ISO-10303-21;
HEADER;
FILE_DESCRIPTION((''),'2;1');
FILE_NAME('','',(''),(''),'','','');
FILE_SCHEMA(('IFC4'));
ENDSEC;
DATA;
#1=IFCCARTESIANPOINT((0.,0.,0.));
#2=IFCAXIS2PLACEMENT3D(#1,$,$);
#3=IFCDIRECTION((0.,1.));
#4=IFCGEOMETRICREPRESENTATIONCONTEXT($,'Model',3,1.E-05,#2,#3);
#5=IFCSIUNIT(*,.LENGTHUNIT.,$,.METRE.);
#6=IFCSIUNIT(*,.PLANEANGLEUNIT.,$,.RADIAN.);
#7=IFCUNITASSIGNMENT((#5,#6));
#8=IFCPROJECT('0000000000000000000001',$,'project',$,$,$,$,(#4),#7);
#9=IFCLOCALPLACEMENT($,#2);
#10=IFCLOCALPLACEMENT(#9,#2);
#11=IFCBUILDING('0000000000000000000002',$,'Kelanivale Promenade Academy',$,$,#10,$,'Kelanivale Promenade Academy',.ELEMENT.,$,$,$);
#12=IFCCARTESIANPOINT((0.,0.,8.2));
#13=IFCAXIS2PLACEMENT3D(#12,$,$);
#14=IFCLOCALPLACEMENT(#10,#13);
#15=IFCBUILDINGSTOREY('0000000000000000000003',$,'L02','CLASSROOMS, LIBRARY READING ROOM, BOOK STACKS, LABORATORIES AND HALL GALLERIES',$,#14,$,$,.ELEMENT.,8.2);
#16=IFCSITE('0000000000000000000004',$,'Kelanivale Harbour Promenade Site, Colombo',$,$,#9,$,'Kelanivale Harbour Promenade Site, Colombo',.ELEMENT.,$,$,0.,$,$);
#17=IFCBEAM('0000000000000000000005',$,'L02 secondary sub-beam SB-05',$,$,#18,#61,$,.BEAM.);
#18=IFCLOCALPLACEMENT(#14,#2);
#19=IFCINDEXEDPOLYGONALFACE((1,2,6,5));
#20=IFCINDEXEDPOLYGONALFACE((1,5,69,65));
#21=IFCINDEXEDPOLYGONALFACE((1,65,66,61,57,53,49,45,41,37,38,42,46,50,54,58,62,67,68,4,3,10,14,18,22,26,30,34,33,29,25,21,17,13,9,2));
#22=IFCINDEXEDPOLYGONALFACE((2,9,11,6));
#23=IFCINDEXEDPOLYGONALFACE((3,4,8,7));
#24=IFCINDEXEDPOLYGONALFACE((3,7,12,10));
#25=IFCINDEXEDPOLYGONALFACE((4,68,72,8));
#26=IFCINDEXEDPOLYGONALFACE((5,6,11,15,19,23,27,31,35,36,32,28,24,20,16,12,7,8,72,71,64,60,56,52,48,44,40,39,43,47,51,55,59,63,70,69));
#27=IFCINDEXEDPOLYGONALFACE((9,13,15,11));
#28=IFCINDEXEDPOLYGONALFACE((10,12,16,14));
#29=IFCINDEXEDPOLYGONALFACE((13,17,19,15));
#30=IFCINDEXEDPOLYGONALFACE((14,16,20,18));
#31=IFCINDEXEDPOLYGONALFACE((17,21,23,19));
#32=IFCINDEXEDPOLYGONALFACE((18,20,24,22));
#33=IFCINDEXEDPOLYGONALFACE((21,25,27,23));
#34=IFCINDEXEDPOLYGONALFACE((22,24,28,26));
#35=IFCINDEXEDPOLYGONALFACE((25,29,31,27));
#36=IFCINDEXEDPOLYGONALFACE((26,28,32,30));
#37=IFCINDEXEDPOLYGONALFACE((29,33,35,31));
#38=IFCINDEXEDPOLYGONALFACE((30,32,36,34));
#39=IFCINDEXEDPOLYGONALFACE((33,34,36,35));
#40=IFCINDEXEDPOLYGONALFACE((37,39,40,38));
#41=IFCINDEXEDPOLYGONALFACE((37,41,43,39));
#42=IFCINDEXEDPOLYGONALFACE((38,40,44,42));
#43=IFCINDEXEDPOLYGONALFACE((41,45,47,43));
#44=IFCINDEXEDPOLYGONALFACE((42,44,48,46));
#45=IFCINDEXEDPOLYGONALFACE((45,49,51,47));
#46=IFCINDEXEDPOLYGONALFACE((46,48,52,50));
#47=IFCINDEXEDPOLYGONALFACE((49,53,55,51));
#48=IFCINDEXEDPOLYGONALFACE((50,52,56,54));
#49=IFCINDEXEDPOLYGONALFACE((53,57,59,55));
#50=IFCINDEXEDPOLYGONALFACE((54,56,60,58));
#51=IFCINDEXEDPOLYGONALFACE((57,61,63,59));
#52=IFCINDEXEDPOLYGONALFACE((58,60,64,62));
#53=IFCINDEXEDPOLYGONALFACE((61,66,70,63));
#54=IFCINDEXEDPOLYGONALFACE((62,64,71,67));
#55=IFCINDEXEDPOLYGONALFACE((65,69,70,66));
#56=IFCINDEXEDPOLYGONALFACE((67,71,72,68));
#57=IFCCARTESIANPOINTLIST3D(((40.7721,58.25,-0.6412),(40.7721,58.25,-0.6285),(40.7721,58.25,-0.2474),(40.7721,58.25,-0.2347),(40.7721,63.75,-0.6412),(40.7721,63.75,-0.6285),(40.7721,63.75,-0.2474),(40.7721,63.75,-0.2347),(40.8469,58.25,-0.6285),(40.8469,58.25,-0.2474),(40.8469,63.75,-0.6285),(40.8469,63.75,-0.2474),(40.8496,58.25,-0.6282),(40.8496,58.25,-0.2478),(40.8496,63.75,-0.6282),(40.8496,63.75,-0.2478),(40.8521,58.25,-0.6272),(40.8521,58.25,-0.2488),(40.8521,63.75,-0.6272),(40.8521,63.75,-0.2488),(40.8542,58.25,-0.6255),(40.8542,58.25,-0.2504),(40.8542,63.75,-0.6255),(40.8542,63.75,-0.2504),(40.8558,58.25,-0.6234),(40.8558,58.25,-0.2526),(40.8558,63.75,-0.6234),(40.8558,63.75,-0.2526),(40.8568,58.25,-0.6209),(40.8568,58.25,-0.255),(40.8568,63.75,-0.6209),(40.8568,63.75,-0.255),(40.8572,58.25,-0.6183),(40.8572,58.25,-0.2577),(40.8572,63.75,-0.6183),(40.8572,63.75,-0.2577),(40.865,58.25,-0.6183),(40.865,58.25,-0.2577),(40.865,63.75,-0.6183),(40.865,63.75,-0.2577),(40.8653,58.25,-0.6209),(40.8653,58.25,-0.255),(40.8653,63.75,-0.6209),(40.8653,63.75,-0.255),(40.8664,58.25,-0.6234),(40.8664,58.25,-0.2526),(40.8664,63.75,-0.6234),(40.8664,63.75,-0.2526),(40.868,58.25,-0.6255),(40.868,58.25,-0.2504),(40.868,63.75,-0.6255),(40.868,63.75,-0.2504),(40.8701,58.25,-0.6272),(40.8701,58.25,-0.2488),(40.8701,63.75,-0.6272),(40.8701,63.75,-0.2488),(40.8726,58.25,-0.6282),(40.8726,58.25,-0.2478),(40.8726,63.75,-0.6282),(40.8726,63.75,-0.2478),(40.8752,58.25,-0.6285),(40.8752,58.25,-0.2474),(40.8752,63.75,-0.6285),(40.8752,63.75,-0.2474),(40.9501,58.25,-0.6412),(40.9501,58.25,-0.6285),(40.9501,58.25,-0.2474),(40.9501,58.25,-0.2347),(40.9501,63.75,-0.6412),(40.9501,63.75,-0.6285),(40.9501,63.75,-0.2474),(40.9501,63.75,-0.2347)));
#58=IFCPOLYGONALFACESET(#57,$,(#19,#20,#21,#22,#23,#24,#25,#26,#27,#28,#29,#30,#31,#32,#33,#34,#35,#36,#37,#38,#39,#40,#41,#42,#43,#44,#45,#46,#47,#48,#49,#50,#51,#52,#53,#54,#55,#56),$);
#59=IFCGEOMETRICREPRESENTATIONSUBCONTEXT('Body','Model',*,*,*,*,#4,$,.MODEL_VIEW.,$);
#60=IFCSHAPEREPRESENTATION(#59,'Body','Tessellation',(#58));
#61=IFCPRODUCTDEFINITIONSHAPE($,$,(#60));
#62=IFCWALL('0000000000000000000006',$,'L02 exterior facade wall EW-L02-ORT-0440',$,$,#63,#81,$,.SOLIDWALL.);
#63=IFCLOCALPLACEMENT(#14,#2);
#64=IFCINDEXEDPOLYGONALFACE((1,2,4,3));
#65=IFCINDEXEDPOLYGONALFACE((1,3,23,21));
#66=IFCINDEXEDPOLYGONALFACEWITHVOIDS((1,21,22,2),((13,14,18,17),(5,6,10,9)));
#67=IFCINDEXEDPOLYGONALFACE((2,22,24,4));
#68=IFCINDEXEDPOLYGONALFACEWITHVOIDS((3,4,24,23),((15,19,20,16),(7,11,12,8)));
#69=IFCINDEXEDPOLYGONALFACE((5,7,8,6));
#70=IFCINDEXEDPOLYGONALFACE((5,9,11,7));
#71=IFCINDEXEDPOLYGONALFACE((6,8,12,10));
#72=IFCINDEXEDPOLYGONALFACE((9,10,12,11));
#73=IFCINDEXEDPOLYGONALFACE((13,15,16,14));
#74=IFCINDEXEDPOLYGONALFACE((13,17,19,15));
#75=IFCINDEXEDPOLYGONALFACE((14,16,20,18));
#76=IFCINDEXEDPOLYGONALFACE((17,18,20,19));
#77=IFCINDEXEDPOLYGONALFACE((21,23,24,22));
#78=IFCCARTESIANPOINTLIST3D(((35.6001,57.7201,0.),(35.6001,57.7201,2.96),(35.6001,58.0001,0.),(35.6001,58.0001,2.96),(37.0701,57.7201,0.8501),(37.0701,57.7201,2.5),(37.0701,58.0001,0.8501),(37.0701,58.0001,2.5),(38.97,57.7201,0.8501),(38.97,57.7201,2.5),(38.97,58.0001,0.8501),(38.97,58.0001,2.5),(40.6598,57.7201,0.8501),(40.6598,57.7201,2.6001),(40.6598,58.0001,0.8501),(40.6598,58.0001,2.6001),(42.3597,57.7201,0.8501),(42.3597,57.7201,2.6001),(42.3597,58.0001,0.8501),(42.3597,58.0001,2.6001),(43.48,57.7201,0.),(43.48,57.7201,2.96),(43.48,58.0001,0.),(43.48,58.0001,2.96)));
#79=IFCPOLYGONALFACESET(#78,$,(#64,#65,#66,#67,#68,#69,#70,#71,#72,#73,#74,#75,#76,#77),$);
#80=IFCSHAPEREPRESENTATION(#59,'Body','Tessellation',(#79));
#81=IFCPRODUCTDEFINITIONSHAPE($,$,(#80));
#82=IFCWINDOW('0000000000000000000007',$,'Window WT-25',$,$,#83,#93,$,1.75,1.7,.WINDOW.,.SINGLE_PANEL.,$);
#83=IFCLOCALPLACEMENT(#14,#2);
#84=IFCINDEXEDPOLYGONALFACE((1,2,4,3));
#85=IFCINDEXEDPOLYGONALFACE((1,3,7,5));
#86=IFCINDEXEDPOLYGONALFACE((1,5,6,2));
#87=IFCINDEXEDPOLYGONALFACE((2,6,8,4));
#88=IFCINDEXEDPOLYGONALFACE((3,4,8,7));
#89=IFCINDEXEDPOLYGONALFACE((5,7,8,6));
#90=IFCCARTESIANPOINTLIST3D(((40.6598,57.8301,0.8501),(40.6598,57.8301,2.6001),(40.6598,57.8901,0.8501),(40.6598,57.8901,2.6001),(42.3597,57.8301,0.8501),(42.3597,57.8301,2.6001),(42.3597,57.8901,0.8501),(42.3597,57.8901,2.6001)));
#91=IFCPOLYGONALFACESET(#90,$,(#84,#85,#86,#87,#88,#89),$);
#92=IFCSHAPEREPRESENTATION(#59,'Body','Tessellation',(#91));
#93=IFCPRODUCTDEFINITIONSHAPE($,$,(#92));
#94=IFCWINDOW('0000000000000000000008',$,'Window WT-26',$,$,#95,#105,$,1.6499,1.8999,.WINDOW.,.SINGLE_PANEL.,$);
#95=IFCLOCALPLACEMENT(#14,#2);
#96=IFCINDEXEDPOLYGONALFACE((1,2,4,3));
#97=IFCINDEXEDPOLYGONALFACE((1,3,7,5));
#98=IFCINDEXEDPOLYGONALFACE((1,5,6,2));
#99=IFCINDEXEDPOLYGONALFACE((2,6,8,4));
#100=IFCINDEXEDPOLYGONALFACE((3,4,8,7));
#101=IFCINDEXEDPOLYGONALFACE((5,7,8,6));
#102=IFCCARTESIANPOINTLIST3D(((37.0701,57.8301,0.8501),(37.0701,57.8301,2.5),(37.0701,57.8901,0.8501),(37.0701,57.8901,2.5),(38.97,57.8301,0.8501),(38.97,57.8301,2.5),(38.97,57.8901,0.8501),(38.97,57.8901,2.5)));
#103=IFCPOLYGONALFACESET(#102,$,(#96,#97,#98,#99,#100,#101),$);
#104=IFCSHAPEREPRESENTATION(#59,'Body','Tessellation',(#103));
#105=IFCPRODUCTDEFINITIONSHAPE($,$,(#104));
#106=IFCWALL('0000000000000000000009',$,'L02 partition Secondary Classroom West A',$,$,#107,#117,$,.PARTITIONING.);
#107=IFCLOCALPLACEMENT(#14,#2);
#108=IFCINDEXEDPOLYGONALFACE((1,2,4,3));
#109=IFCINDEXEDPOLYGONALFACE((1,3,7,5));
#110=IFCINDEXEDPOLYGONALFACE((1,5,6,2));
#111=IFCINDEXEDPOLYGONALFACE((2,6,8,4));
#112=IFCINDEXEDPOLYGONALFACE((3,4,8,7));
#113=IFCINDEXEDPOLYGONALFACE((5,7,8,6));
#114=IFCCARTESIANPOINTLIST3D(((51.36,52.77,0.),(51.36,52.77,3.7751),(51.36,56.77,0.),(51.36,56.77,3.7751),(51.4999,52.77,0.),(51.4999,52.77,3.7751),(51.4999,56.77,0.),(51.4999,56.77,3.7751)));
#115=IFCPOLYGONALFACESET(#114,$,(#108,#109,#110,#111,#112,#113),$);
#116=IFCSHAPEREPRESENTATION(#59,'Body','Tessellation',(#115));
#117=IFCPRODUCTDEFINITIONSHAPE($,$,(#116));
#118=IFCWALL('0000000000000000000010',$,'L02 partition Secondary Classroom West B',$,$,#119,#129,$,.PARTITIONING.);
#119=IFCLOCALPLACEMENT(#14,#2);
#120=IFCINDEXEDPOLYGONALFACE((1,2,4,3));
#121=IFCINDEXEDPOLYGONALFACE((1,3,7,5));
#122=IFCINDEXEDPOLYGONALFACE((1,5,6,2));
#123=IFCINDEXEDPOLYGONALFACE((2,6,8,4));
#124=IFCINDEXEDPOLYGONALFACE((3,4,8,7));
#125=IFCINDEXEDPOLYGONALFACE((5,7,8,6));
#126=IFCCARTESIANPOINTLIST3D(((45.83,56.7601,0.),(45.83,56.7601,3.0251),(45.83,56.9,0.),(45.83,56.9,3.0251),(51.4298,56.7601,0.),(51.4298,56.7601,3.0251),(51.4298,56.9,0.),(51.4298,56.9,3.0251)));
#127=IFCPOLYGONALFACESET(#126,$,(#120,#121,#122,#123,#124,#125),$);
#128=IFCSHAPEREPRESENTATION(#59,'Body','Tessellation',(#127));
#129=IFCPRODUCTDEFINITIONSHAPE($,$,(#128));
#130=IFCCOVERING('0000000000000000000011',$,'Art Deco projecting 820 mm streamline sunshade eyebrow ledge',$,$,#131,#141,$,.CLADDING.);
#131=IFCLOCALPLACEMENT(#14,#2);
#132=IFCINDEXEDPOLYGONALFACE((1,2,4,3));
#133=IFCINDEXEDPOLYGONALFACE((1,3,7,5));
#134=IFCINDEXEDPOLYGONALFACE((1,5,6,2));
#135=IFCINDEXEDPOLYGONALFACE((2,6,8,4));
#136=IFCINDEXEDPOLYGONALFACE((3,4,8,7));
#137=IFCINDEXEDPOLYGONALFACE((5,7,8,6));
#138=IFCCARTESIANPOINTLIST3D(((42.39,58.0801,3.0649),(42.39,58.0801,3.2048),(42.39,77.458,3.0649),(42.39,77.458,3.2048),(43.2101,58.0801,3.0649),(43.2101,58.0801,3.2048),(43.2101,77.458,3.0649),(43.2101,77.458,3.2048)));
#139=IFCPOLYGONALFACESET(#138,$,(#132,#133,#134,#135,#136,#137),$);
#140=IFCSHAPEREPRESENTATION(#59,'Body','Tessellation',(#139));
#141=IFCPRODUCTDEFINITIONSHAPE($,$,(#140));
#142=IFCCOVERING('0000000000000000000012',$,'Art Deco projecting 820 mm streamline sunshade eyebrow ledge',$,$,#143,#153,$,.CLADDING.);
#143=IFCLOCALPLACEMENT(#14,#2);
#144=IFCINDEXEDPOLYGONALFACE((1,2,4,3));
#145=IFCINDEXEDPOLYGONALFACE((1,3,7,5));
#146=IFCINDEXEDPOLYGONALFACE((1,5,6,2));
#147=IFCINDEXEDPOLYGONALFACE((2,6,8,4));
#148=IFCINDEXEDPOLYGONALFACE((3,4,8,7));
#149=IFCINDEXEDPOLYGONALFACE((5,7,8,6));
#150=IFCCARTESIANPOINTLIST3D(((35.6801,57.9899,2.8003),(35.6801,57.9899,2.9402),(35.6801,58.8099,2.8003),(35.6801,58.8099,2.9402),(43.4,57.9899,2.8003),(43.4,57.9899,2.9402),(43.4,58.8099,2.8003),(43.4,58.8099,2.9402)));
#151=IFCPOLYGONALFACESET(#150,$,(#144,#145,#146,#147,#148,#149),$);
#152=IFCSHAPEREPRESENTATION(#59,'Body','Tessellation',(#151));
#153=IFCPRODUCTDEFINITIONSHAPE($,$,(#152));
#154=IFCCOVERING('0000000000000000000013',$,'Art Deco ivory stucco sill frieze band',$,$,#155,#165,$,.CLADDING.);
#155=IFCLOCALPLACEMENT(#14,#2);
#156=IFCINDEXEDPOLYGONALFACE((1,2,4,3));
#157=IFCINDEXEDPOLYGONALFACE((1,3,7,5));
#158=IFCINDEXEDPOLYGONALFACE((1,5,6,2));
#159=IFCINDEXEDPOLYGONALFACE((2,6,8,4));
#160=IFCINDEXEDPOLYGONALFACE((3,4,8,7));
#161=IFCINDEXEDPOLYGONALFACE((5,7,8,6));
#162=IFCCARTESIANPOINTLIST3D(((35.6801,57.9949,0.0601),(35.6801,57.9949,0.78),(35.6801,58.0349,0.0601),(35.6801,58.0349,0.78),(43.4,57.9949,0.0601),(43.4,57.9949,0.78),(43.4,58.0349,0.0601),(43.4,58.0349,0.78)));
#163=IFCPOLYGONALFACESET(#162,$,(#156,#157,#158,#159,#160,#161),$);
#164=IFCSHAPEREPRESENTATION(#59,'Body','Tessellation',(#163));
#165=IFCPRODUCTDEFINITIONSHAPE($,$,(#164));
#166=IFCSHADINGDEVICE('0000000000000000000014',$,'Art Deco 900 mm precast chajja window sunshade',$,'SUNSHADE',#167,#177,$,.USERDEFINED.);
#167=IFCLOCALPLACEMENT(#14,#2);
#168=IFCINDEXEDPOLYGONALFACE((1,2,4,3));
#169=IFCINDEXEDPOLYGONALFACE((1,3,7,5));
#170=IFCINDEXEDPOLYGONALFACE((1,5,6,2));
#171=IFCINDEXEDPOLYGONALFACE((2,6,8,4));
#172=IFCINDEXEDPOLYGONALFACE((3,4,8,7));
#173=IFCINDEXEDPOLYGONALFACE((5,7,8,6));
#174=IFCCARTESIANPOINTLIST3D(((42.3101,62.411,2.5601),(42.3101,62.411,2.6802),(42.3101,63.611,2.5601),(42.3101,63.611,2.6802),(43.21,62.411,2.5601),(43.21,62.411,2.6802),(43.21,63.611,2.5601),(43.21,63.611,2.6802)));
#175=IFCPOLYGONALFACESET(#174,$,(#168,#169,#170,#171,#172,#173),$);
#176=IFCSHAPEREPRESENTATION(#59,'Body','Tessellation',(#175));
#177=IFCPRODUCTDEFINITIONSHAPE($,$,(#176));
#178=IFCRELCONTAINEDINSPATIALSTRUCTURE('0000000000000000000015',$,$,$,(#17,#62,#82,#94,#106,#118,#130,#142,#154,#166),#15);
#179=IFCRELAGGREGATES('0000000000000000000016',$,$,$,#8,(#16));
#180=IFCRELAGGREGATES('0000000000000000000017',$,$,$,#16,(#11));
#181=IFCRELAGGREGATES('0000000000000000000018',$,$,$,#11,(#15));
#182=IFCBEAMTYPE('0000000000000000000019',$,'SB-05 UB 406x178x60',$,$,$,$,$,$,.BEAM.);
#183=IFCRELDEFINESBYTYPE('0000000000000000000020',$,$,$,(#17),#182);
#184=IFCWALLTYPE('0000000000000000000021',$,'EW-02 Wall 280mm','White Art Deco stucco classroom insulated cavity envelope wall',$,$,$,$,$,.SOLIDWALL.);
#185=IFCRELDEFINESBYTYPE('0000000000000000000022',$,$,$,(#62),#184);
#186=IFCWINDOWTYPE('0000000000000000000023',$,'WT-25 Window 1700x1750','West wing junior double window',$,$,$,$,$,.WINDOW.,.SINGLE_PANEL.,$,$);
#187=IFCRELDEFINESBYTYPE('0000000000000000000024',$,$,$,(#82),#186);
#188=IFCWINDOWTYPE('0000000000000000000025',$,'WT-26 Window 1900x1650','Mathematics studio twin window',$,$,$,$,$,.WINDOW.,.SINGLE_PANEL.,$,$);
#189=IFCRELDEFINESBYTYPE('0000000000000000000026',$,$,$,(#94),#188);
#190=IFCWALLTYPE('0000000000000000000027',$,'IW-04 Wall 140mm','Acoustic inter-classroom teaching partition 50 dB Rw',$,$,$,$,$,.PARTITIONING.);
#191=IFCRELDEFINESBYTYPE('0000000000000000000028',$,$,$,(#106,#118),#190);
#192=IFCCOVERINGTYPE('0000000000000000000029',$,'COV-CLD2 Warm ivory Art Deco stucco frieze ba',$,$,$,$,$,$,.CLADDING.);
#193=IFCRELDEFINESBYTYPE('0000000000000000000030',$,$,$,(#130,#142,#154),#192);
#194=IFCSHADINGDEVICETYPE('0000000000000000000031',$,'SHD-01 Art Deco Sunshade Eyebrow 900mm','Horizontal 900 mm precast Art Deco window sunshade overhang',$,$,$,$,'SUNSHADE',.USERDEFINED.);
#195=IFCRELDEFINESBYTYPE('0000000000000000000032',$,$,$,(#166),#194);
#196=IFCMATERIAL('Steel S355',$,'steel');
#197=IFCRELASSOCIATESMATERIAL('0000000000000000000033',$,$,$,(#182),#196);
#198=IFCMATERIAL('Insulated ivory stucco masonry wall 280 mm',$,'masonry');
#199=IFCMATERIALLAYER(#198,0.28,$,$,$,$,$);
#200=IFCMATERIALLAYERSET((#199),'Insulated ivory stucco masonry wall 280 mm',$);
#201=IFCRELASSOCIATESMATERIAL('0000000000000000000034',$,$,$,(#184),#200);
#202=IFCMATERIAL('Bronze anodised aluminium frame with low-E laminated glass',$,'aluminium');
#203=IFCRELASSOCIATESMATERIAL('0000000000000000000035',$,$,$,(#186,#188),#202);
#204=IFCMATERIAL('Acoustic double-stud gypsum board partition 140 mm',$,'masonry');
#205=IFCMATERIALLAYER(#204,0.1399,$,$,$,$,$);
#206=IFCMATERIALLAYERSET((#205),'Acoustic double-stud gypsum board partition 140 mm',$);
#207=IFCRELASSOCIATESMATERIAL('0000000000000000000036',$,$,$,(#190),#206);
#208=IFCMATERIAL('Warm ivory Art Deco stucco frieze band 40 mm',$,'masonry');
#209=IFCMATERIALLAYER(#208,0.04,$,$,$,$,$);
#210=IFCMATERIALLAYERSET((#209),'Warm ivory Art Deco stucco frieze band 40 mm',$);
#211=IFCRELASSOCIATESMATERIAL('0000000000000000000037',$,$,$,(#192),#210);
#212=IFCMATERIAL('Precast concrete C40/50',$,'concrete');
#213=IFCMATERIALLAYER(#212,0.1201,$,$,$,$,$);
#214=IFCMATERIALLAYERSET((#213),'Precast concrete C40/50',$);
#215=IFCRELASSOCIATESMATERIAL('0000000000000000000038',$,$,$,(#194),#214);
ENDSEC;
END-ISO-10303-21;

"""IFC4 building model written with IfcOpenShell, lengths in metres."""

from ifc_helpers import new_model, si_unit, direction, frame, frame_2d, origin, origin_2d, place, context, subcontext, project, spatial, rectangle, i_section, extrude, material, layer, layer_set, material_profile, profile_set, type_object, element, fill, save


model = new_model("IFC4")

# Units and contexts
model_context = context("Model", 3, precision=1e-05, world=origin(), true_north=direction((0.0, 1.0)))
body_context = subcontext(model_context, "Body", "Model", "MODEL_VIEW")
ifc_project = project(units=[si_unit("LENGTHUNIT", "METRE"), si_unit("PLANEANGLEUNIT", "RADIAN")], contexts=[model_context])

# Site, building, storey
site_placement = place(None, origin())
site = spatial("IfcSite", under=ifc_project, at=site_placement, Name="Kelanivale Harbour Promenade Site, Colombo", LongName="Kelanivale Harbour Promenade Site, Colombo", CompositionType="ELEMENT", RefElevation=0.0)
building_placement = place(site_placement, origin())
building = spatial("IfcBuilding", under=site, at=building_placement, Name="Kelanivale Promenade Academy", LongName="Kelanivale Promenade Academy", CompositionType="ELEMENT")
storey_placement = place(building_placement, frame((0.0, 0.0, 8.2)))
storey = spatial("IfcBuildingStorey", under=building, at=storey_placement, Name="L02", Description="CLASSROOMS, LIBRARY READING ROOM, BOOK STACKS, LABORATORIES AND HALL GALLERIES", CompositionType="ELEMENT", Elevation=8.2)

# Shared definitions
ifc_material_1 = material(Name="Steel S355", Category="steel")

# Beam
ifc_material_profile_1 = material_profile(ifc_material_1, i_section(OverallWidth=0.178, OverallDepth=0.4065, WebThickness=0.0078, FlangeThickness=0.0127, FilletRadius=0.0103, at=origin_2d()), Name="UB 406x178x60")
ifc_profile_set_1 = profile_set([ifc_material_profile_1], Name="Steel S355")
beam_type_1 = type_object("IfcBeamType", Name="SB-05 UB 406x178x60", PredefinedType="BEAM", material=ifc_profile_set_1)
beam_1_placement = place(storey_placement, frame((40.8611, 58.25, -0.438), z_axis=(0.0, 1.0, 0.0), x_axis=(-1.0, 0.0, 0.0)))
element("IfcBeam", 1, at=beam_1_placement, inside=storey, type_object=beam_type_1, Name="L02 secondary sub-beam SB-05", PredefinedType="BEAM", context=body_context, shape_type="SweptSolid", body=[
    extrude(i_section(OverallWidth=0.178, OverallDepth=0.4065, WebThickness=0.0078, FlangeThickness=0.0127, FilletRadius=0.0103, at=origin_2d()), origin(), (0.0, 0.0, 1.0), 5.5),
])

# Wall, openings, windows
ifc_material_2 = material(Name="Insulated ivory stucco masonry wall 280 mm", Category="masonry")
ifc_layer_1 = layer(ifc_material_2, 0.28)
ifc_layer_set_1 = layer_set([ifc_layer_1], Name="Insulated ivory stucco masonry wall 280 mm")
wall_type_1 = type_object("IfcWallType", Name="EW-02 Wall 280mm", Description="White Art Deco stucco classroom insulated cavity envelope wall", PredefinedType="SOLIDWALL", material=ifc_layer_set_1)
wall_1_placement = place(storey_placement, frame((43.48, 57.8601, 0.0), z_axis=(0.0, 0.0, 1.0), x_axis=(-1.0, 0.0, 0.0)))
wall_1 = element("IfcWall", 2, at=wall_1_placement, inside=storey, type_object=wall_type_1, Name="L02 exterior facade wall EW-L02-ORT-0440", PredefinedType="SOLIDWALL", context=body_context, shape_type="SweptSolid", body=[
    extrude(rectangle(XDim=7.8799, YDim=0.28, at=frame_2d((3.9399, 0.0))), origin(), (0.0, 0.0, 1.0), 2.96),
])
opening_1_placement = place(wall_1_placement, frame((1.1201, 0.0, 0.8501)))
opening_1 = element("IfcOpeningElement", 3, at=opening_1_placement, cuts=wall_1, PredefinedType="OPENING", context=body_context, shape_type="SweptSolid", body=[
    extrude(rectangle(XDim=1.7, YDim=1.75, at=frame_2d((0.8501, 0.875))), frame((0.0, 0.1499, 0.0), z_axis=(0.0, -1.0, 0.0), x_axis=(1.0, 0.0, 0.0)), (0.0, 0.0, 1.0), 0.3),
])
opening_2_placement = place(wall_1_placement, frame((4.51, 0.0, 0.8501)))
opening_2 = element("IfcOpeningElement", 4, at=opening_2_placement, cuts=wall_1, PredefinedType="OPENING", context=body_context, shape_type="SweptSolid", body=[
    extrude(rectangle(XDim=1.8999, YDim=1.6499, at=frame_2d((0.95, 0.825))), frame((0.0, 0.1499, 0.0), z_axis=(0.0, -1.0, 0.0), x_axis=(1.0, 0.0, 0.0)), (0.0, 0.0, 1.0), 0.3),
])
ifc_material_3 = material(Name="Bronze anodised aluminium frame with low-E laminated glass", Category="aluminium")
window_type_1 = type_object("IfcWindowType", Name="WT-25 Window 1700x1750", Description="West wing junior double window", PartitioningType="SINGLE_PANEL", PredefinedType="WINDOW", material=ifc_material_3)
window_1_placement = place(opening_1_placement, origin())
window_1 = element("IfcWindow", 5, at=window_1_placement, inside=storey, type_object=window_type_1, Name="Window WT-25", OverallHeight=1.75, OverallWidth=1.7, PartitioningType="SINGLE_PANEL", PredefinedType="WINDOW", context=body_context, shape_type="SweptSolid", body=[
    extrude(rectangle(XDim=1.7, YDim=1.75, at=frame_2d((0.8501, 0.875))), frame((0.0, 0.03, 0.0), z_axis=(0.0, -1.0, 0.0), x_axis=(1.0, 0.0, 0.0)), (0.0, 0.0, 1.0), 0.0601),
])
fill(opening_1, window_1)
window_type_2 = type_object("IfcWindowType", Name="WT-26 Window 1900x1650", Description="Mathematics studio twin window", PartitioningType="SINGLE_PANEL", PredefinedType="WINDOW", material=ifc_material_3)
window_2_placement = place(opening_2_placement, origin())
window_2 = element("IfcWindow", 6, at=window_2_placement, inside=storey, type_object=window_type_2, Name="Window WT-26", OverallHeight=1.6499, OverallWidth=1.8999, PartitioningType="SINGLE_PANEL", PredefinedType="WINDOW", context=body_context, shape_type="SweptSolid", body=[
    extrude(rectangle(XDim=1.8999, YDim=1.6499, at=frame_2d((0.95, 0.825))), frame((0.0, 0.03, 0.0), z_axis=(0.0, -1.0, 0.0), x_axis=(1.0, 0.0, 0.0)), (0.0, 0.0, 1.0), 0.0601),
])
fill(opening_2, window_2)

# Walls
ifc_material_4 = material(Name="Acoustic double-stud gypsum board partition 140 mm", Category="masonry")
ifc_layer_2 = layer(ifc_material_4, 0.1399)
ifc_layer_set_2 = layer_set([ifc_layer_2], Name="Acoustic double-stud gypsum board partition 140 mm")
wall_type_2 = type_object("IfcWallType", Name="IW-04 Wall 140mm", Description="Acoustic inter-classroom teaching partition 50 dB Rw", PredefinedType="PARTITIONING", material=ifc_layer_set_2)
wall_2_placement = place(storey_placement, frame((51.4299, 56.77, 0.0), z_axis=(0.0, 0.0, 1.0), x_axis=(0.0, -1.0, 0.0)))
element("IfcWall", 7, at=wall_2_placement, inside=storey, type_object=wall_type_2, Name="L02 partition Secondary Classroom West A", PredefinedType="PARTITIONING", context=body_context, shape_type="SweptSolid", body=[
    extrude(rectangle(XDim=4.0, YDim=0.1399, at=frame_2d((2.0, 0.0))), origin(), (0.0, 0.0, 1.0), 3.7751),
])
wall_3_placement = place(storey_placement, frame((45.8301, 56.8301, 0.0), z_axis=(0.0, 0.0, 1.0), x_axis=(1.0, 0.0, 0.0)))
element("IfcWall", 8, at=wall_3_placement, inside=storey, type_object=wall_type_2, Name="L02 partition Secondary Classroom West B", PredefinedType="PARTITIONING", context=body_context, shape_type="SweptSolid", body=[
    extrude(rectangle(XDim=5.5999, YDim=0.1399, at=frame_2d((2.7998, 0.0))), origin(), (0.0, 0.0, 1.0), 3.0251),
])

# Coverings
ifc_material_5 = material(Name="Warm ivory Art Deco stucco frieze band 40 mm", Category="masonry")
ifc_layer_3 = layer(ifc_material_5, 0.04)
ifc_layer_set_3 = layer_set([ifc_layer_3], Name="Warm ivory Art Deco stucco frieze band 40 mm")
covering_type = type_object("IfcCoveringType", Name="COV-CLD2 Warm ivory Art Deco stucco frieze ba", PredefinedType="CLADDING", material=ifc_layer_set_3)
covering_1_placement = place(storey_placement, frame((42.8, 67.769, 3.0649), z_axis=(0.0, 0.0, 1.0), x_axis=(0.0, -1.0, 0.0)))
element("IfcCovering", 9, at=covering_1_placement, inside=storey, type_object=covering_type, Name="Art Deco projecting 820 mm streamline sunshade eyebrow ledge", PredefinedType="CLADDING", context=body_context, shape_type="SweptSolid", body=[
    extrude(rectangle(XDim=19.3779, YDim=0.8201, at=origin_2d()), origin(), (0.0, 0.0, 1.0), 0.1399),
])
covering_2_placement = place(storey_placement, frame((39.54, 58.3999, 2.8003), z_axis=(0.0, 0.0, 1.0), x_axis=(-1.0, 0.0, 0.0)))
element("IfcCovering", 10, at=covering_2_placement, inside=storey, type_object=covering_type, Name="Art Deco projecting 820 mm streamline sunshade eyebrow ledge", PredefinedType="CLADDING", context=body_context, shape_type="SweptSolid", body=[
    extrude(rectangle(XDim=7.72, YDim=0.8201, at=origin_2d()), origin(), (0.0, 0.0, 1.0), 0.1399),
])
covering_3_placement = place(storey_placement, frame((39.54, 58.0149, 0.0601), z_axis=(0.0, 0.0, 1.0), x_axis=(-1.0, 0.0, 0.0)))
element("IfcCovering", 11, at=covering_3_placement, inside=storey, type_object=covering_type, Name="Art Deco ivory stucco sill frieze band", PredefinedType="CLADDING", context=body_context, shape_type="SweptSolid", body=[
    extrude(rectangle(XDim=7.72, YDim=0.04, at=origin_2d()), origin(), (0.0, 0.0, 1.0), 0.72),
])

# Shading device
ifc_material_6 = material(Name="Precast concrete C40/50", Category="concrete")
ifc_layer_4 = layer(ifc_material_6, 0.1201)
ifc_layer_set_4 = layer_set([ifc_layer_4], Name="Precast concrete C40/50")
shading_device_type_1 = type_object("IfcShadingDeviceType", Name="SHD-01 Art Deco Sunshade Eyebrow 900mm", Description="Horizontal 900 mm precast Art Deco window sunshade overhang", ElementType="SUNSHADE", PredefinedType="USERDEFINED", material=ifc_layer_set_4)
shading_device_1_placement = place(storey_placement, frame((42.76, 63.011, 2.5601), z_axis=(0.0, 0.0, 1.0), x_axis=(0.0, -1.0, 0.0)))
element("IfcShadingDevice", 12, at=shading_device_1_placement, inside=storey, type_object=shading_device_type_1, Name="Art Deco 900 mm precast chajja window sunshade", ObjectType="SUNSHADE", PredefinedType="USERDEFINED", context=body_context, shape_type="SweptSolid", body=[
    extrude(rectangle(XDim=1.2, YDim=0.8999, at=origin_2d()), origin(), (0.0, 0.0, 1.0), 0.1201),
])

save(model, "model.ifc")
